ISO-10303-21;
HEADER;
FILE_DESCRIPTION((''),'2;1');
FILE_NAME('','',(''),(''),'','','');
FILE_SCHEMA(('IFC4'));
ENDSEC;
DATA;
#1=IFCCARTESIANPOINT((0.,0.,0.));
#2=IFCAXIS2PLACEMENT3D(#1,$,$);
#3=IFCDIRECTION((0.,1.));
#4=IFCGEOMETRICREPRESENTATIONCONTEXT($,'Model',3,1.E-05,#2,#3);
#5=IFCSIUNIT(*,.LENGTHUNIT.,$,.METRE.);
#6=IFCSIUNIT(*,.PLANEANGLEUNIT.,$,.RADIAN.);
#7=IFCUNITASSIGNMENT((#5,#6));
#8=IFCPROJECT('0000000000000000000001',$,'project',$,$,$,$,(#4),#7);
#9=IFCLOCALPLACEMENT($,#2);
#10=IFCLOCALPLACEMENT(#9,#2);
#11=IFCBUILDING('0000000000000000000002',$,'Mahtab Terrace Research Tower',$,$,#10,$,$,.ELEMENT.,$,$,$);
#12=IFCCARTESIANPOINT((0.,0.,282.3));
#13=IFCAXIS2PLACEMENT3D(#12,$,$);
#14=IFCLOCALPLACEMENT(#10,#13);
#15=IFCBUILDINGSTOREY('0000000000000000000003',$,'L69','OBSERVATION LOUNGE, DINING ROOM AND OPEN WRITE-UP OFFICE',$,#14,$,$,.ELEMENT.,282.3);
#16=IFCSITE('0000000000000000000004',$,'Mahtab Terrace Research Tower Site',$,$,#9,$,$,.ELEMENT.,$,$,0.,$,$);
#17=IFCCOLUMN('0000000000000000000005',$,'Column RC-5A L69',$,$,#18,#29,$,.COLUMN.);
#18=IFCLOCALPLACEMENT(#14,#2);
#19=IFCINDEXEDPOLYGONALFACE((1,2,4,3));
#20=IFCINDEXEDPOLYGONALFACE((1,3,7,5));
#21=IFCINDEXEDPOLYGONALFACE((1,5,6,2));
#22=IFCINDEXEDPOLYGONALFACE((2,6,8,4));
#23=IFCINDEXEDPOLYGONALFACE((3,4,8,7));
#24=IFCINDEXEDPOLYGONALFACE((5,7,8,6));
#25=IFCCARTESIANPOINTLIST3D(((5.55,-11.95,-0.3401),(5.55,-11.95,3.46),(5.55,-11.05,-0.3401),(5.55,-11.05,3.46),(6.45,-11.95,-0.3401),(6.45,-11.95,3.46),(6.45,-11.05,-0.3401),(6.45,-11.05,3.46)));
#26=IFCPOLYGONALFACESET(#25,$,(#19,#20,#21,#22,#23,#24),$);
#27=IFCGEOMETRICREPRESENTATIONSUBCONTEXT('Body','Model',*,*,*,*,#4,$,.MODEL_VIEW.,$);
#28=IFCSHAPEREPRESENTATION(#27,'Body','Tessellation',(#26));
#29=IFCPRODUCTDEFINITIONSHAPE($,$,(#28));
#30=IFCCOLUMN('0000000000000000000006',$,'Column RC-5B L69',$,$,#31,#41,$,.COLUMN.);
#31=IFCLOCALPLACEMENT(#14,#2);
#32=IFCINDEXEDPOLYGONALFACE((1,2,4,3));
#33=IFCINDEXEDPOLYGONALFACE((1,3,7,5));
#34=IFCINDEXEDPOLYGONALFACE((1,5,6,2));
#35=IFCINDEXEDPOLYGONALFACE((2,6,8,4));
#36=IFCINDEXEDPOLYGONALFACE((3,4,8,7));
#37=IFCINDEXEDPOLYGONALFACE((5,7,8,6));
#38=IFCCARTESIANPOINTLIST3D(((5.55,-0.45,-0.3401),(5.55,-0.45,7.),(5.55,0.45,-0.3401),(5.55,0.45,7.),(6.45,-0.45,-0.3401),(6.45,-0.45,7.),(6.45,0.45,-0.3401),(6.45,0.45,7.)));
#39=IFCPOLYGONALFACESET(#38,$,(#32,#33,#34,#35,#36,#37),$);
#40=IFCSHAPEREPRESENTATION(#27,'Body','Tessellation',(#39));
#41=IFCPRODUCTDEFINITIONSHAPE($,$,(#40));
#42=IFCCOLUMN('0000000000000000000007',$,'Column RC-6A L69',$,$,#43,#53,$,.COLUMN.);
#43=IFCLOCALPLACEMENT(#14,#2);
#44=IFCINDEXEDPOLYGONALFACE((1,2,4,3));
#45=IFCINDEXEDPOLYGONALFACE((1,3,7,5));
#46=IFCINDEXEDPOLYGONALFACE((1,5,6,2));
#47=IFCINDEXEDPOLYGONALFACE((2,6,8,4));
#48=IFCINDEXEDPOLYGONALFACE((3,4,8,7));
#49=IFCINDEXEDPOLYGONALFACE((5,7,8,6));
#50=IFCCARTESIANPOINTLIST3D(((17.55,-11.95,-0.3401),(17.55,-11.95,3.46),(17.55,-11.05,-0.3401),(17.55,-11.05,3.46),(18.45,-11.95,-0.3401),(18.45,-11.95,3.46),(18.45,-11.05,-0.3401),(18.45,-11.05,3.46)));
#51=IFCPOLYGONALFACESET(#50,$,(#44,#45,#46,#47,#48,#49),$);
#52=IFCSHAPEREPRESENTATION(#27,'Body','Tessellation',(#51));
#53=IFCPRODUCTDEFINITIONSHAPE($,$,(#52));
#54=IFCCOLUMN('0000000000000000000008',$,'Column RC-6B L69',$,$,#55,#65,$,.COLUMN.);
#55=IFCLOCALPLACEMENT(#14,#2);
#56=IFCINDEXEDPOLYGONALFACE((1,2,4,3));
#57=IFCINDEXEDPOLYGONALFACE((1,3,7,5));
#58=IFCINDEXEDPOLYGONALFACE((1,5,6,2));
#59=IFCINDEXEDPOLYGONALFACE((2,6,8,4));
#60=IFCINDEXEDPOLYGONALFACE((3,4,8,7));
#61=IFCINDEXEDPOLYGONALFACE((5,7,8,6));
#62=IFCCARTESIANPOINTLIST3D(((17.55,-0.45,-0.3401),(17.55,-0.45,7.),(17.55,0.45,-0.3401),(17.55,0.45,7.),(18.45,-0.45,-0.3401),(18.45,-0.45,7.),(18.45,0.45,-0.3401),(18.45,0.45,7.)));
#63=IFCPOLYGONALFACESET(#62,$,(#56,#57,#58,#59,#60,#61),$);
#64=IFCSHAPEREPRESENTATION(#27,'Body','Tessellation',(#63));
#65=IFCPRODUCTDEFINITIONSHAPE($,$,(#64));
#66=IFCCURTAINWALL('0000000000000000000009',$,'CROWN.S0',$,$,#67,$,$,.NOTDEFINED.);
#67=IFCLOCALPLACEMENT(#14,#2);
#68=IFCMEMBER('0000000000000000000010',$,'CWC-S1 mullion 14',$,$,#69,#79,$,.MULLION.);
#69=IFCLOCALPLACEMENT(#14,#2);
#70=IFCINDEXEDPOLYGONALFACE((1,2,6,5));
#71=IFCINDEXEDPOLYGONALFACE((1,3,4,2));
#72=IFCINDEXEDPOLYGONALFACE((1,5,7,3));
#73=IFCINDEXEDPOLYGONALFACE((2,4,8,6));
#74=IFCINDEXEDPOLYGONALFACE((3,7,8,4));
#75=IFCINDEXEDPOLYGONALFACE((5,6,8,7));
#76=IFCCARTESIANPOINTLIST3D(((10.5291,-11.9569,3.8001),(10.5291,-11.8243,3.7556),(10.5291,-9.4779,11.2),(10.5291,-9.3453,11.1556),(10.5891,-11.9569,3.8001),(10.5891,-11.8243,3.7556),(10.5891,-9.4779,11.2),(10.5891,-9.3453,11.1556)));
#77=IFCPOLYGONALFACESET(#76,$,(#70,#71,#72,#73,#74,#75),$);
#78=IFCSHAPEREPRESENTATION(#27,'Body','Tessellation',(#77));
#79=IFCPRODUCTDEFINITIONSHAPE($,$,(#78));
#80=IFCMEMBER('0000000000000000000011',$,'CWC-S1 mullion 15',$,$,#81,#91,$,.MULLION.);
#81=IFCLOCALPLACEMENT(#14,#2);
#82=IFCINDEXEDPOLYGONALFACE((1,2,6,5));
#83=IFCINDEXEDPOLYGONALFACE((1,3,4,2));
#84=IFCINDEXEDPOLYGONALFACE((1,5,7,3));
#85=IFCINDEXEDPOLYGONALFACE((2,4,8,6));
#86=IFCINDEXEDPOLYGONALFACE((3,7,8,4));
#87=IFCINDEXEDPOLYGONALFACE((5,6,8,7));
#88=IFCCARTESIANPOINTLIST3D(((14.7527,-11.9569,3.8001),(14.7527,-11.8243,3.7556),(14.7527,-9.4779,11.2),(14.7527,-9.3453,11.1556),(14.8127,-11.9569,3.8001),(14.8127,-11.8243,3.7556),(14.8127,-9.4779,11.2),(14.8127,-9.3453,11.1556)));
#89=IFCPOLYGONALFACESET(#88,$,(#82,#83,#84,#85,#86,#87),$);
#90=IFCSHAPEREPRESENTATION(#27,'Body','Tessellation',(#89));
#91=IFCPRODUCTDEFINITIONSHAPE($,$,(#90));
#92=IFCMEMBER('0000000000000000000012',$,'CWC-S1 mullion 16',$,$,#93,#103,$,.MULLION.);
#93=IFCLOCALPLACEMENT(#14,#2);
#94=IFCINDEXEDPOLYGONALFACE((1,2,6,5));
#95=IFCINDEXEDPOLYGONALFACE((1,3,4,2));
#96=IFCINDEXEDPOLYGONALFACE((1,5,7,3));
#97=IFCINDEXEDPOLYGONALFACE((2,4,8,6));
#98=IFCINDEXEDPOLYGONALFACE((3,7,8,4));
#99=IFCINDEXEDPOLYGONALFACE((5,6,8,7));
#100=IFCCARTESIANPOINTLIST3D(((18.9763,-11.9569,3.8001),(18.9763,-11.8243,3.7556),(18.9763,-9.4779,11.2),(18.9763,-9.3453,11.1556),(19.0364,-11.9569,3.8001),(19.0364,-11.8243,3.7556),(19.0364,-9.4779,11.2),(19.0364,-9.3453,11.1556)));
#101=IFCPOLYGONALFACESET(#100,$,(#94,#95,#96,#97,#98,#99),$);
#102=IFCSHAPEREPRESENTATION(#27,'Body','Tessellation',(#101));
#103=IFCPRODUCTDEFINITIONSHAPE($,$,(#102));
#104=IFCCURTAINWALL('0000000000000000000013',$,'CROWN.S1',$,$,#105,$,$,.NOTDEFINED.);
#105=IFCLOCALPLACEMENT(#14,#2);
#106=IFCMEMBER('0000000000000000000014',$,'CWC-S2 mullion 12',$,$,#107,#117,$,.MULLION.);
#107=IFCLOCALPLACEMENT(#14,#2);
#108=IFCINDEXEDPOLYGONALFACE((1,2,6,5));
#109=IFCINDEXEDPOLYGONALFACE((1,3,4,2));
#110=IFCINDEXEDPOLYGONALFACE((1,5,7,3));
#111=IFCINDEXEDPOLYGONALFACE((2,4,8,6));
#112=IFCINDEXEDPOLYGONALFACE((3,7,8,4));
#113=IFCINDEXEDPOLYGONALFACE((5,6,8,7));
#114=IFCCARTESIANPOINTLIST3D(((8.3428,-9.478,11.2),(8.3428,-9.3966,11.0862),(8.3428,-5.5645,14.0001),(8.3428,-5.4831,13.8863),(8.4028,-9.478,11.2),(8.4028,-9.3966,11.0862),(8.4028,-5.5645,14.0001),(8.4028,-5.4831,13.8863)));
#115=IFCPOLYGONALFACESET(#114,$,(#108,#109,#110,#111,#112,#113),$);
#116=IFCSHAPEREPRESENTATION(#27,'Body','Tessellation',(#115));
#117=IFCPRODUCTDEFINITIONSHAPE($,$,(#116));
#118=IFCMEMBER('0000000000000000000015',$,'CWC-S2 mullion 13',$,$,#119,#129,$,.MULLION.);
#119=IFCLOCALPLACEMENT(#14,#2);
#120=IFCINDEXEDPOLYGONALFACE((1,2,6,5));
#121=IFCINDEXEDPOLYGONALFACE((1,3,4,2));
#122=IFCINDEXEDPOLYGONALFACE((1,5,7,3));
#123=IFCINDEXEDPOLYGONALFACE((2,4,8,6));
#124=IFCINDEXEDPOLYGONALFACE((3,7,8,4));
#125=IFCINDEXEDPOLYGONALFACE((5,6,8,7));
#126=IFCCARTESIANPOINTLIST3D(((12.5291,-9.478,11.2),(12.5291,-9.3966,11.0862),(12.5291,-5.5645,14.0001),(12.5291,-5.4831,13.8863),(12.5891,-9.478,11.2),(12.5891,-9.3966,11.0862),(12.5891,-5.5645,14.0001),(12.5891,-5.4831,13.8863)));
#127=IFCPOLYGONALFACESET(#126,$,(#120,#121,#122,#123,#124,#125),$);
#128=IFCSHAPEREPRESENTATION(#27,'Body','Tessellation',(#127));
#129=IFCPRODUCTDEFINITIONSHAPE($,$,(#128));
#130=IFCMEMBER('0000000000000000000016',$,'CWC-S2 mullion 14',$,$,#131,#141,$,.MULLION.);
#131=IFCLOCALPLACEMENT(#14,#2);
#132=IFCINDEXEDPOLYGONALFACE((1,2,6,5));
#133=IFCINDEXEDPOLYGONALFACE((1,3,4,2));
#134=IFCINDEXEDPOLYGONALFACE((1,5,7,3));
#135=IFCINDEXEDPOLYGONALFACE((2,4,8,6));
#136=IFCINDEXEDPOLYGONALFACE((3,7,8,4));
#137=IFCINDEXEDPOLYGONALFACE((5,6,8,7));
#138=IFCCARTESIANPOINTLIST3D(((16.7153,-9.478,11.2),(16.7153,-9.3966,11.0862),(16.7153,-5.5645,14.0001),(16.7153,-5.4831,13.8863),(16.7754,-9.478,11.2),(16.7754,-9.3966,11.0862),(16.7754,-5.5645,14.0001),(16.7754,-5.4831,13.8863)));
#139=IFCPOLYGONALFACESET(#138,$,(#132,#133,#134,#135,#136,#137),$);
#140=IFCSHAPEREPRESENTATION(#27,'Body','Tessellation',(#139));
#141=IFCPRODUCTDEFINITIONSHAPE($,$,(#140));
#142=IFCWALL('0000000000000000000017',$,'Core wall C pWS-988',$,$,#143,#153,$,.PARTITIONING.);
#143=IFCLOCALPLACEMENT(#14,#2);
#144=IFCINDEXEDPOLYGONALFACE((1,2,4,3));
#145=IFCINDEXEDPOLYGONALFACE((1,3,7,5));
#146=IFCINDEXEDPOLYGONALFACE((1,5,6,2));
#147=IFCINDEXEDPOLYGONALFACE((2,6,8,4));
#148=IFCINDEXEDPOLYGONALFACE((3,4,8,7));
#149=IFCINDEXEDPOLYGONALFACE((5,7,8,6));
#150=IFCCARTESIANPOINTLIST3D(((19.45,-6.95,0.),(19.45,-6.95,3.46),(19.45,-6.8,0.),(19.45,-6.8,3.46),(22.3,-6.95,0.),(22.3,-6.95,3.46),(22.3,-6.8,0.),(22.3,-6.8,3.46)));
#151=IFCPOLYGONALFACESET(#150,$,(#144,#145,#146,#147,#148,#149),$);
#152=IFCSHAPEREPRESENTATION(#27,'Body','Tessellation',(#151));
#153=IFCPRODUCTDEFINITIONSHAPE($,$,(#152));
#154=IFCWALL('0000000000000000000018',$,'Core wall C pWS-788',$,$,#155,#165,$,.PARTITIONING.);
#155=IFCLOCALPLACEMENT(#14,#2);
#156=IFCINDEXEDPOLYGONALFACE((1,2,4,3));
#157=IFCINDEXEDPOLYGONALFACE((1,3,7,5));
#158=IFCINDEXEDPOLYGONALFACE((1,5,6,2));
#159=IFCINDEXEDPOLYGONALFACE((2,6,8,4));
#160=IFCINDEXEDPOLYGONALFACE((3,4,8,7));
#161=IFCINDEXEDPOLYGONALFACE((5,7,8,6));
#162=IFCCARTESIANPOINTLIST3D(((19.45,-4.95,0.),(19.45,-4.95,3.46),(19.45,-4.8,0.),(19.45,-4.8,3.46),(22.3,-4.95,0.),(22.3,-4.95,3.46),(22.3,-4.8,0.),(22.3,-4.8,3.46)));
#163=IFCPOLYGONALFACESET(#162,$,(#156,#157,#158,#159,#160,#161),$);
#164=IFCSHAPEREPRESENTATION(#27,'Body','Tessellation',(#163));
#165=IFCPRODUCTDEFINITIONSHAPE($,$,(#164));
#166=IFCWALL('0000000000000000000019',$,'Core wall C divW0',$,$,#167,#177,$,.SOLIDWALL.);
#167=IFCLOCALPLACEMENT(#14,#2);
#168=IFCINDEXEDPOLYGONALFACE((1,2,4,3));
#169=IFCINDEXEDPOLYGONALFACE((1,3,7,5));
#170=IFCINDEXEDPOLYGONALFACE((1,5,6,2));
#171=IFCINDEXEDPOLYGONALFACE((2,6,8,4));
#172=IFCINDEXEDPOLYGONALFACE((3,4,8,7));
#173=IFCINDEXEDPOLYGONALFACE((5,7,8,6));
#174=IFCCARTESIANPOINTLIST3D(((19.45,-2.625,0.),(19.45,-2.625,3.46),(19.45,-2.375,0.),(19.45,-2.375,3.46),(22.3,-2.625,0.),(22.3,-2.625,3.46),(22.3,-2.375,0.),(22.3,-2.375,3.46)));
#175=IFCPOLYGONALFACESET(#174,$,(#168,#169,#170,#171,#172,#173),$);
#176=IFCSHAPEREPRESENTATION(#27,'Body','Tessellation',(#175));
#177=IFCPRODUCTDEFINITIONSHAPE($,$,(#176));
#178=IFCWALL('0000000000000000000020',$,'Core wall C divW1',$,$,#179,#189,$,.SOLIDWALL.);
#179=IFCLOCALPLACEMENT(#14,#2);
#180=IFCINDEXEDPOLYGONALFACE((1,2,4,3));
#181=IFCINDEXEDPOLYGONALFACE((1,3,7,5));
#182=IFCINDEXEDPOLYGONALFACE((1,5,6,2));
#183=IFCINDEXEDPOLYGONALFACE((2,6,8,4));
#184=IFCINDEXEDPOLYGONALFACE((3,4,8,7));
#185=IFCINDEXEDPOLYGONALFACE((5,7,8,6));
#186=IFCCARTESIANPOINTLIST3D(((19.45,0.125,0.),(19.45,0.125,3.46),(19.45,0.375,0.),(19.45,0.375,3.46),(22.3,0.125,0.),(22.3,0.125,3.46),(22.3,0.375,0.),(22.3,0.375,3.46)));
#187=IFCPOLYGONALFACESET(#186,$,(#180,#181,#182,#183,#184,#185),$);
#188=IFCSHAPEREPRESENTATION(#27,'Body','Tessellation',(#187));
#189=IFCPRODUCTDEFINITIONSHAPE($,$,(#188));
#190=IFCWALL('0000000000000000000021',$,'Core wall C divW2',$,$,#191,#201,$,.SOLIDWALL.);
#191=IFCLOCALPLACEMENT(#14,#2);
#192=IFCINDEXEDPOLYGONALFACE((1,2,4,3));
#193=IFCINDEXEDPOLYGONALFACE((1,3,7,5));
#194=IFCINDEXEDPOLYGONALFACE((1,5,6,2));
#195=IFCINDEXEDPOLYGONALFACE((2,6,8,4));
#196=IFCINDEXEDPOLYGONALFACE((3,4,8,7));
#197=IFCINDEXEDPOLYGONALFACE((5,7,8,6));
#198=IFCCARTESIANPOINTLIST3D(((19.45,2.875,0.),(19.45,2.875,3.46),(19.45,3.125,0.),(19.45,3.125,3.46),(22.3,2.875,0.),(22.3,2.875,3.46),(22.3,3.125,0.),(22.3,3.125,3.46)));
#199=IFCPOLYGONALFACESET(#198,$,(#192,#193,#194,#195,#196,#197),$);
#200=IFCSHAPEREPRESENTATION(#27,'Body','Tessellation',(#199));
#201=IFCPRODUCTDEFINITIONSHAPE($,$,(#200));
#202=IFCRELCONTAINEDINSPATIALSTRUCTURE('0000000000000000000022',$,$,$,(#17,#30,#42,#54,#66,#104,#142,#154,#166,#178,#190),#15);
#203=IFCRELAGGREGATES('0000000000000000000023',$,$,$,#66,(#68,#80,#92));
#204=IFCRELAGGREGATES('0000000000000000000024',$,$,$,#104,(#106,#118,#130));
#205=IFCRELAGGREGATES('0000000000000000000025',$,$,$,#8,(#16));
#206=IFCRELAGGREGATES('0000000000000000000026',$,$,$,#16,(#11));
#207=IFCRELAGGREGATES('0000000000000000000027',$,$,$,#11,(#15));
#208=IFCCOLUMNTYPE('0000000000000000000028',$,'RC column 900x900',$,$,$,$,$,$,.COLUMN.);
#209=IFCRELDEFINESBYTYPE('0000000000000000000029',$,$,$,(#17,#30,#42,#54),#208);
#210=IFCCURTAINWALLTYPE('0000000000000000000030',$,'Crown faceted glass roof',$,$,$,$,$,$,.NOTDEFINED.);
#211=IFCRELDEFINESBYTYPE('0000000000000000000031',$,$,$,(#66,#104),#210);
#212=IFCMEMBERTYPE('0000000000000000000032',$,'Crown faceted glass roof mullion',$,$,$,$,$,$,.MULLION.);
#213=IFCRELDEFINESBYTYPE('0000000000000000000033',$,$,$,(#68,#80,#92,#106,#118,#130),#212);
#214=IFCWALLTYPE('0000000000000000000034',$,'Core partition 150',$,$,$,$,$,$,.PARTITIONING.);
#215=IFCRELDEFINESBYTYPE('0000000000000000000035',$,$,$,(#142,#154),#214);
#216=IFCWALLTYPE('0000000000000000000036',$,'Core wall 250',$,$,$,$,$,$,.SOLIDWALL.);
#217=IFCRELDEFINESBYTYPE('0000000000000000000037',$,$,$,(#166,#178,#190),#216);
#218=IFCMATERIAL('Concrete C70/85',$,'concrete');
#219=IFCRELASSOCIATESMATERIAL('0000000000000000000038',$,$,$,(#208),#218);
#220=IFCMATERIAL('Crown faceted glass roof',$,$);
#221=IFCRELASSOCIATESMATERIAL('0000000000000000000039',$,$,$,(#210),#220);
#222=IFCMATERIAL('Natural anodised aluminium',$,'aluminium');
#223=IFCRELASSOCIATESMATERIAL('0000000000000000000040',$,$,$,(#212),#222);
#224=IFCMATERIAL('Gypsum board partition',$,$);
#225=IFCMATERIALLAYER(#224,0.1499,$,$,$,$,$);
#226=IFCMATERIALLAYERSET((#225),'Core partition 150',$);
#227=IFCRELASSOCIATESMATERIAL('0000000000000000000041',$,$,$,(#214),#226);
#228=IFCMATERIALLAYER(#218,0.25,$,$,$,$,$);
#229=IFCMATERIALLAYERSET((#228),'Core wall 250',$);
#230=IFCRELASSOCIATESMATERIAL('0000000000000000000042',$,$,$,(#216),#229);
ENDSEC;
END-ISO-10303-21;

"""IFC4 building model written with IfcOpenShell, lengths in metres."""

from ifc_helpers import new_model, si_unit, direction, frame, frame_2d, origin, origin_2d, place, context, subcontext, project, spatial, rectangle, extrude, material, layer, layer_set, material_profile, profile_set, type_object, element, aggregate, save


model = new_model("IFC4")

# Units and contexts
model_context = context("Model", 3, precision=1e-05, world=origin(), true_north=direction((0.0, 1.0)))
body_context = subcontext(model_context, "Body", "Model", "MODEL_VIEW")
ifc_project = project(units=[si_unit("LENGTHUNIT", "METRE"), si_unit("PLANEANGLEUNIT", "RADIAN")], contexts=[model_context])

# Site, building, storey
site_placement = place(None, origin())
site = spatial("IfcSite", under=ifc_project, at=site_placement, Name="Mahtab Terrace Research Tower Site", CompositionType="ELEMENT", RefElevation=0.0)
building_placement = place(site_placement, origin())
building = spatial("IfcBuilding", under=site, at=building_placement, Name="Mahtab Terrace Research Tower", CompositionType="ELEMENT")
storey_placement = place(building_placement, frame((0.0, 0.0, 282.3)))
storey = spatial("IfcBuildingStorey", under=building, at=storey_placement, Name="L69", Description="OBSERVATION LOUNGE, DINING ROOM AND OPEN WRITE-UP OFFICE", CompositionType="ELEMENT", Elevation=282.3)

# Columns
ifc_material_1 = material(Name="Concrete C70/85", Category="concrete")
ifc_material_profile_1 = material_profile(ifc_material_1, rectangle(XDim=0.8999, YDim=0.8999, at=origin_2d()), Name="RC column 900x900")
ifc_profile_set_1 = profile_set([ifc_material_profile_1], Name="Concrete C70/85")
column_type = type_object("IfcColumnType", Name="RC column 900x900", PredefinedType="COLUMN", material=ifc_profile_set_1)
column_1_placement = place(storey_placement, frame((6.0, -11.5, -0.3401), z_axis=(0.0, 0.0, 1.0), x_axis=(1.0, 0.0, 0.0)))
element("IfcColumn", 1, at=column_1_placement, inside=storey, type_object=column_type, Name="Column RC-5A L69", PredefinedType="COLUMN", context=body_context, shape_type="SweptSolid", body=[
    extrude(rectangle(XDim=0.8999, YDim=0.8999, at=origin_2d()), origin(), (0.0, 0.0, 1.0), 3.8),
])
column_2_placement = place(storey_placement, frame((6.0, 0.0, -0.3401), z_axis=(0.0, 0.0, 1.0), x_axis=(1.0, 0.0, 0.0)))
element("IfcColumn", 2, at=column_2_placement, inside=storey, type_object=column_type, Name="Column RC-5B L69", PredefinedType="COLUMN", context=body_context, shape_type="SweptSolid", body=[
    extrude(rectangle(XDim=0.8999, YDim=0.8999, at=origin_2d()), origin(), (0.0, 0.0, 1.0), 7.3401),
])
column_3_placement = place(storey_placement, frame((18.0, -11.5, -0.3401), z_axis=(0.0, 0.0, 1.0), x_axis=(1.0, 0.0, 0.0)))
element("IfcColumn", 3, at=column_3_placement, inside=storey, type_object=column_type, Name="Column RC-6A L69", PredefinedType="COLUMN", context=body_context, shape_type="SweptSolid", body=[
    extrude(rectangle(XDim=0.8999, YDim=0.8999, at=origin_2d()), origin(), (0.0, 0.0, 1.0), 3.8),
])
column_4_placement = place(storey_placement, frame((18.0, 0.0, -0.3401), z_axis=(0.0, 0.0, 1.0), x_axis=(1.0, 0.0, 0.0)))
element("IfcColumn", 4, at=column_4_placement, inside=storey, type_object=column_type, Name="Column RC-6B L69", PredefinedType="COLUMN", context=body_context, shape_type="SweptSolid", body=[
    extrude(rectangle(XDim=0.8999, YDim=0.8999, at=origin_2d()), origin(), (0.0, 0.0, 1.0), 7.3401),
])

# Curtain walls, members
ifc_material_2 = material(Name="Crown faceted glass roof")
curtain_wall_type = type_object("IfcCurtainWallType", Name="Crown faceted glass roof", PredefinedType="NOTDEFINED", material=ifc_material_2)
curtain_wall_1_placement = place(storey_placement, origin())
curtain_wall_1 = element("IfcCurtainWall", 5, at=curtain_wall_1_placement, inside=storey, type_object=curtain_wall_type, Name="CROWN.S0", PredefinedType="NOTDEFINED")
ifc_material_3 = material(Name="Natural anodised aluminium", Category="aluminium")
ifc_material_profile_2 = material_profile(ifc_material_3, rectangle(XDim=0.0601, YDim=0.1399, at=origin_2d()), Name="MULLION 60x140")
ifc_profile_set_2 = profile_set([ifc_material_profile_2], Name="Natural anodised aluminium")
member_type = type_object("IfcMemberType", Name="Crown faceted glass roof mullion", PredefinedType="MULLION", material=ifc_profile_set_2)
member_1_placement = place(storey_placement, frame((10.5591, -11.8906, 3.7778), z_axis=(0.0, 0.317654, 0.948207), x_axis=(-1.0, 0.0, 0.0)))
member_1 = element("IfcMember", 6, at=member_1_placement, type_object=member_type, Name="CWC-S1 mullion 14", PredefinedType="MULLION", context=body_context, shape_type="SweptSolid", body=[
    extrude(rectangle(XDim=0.0601, YDim=0.1399, at=origin_2d()), origin(), (0.0, 0.0, 1.0), 7.8042),
])
member_2_placement = place(storey_placement, frame((14.7827, -11.8906, 3.7778), z_axis=(0.0, 0.317654, 0.948207), x_axis=(-1.0, 0.0, 0.0)))
member_2 = element("IfcMember", 7, at=member_2_placement, type_object=member_type, Name="CWC-S1 mullion 15", PredefinedType="MULLION", context=body_context, shape_type="SweptSolid", body=[
    extrude(rectangle(XDim=0.0601, YDim=0.1399, at=origin_2d()), origin(), (0.0, 0.0, 1.0), 7.8042),
])
member_3_placement = place(storey_placement, frame((19.0063, -11.8906, 3.7778), z_axis=(0.0, 0.317654, 0.948207), x_axis=(-1.0, 0.0, 0.0)))
member_3 = element("IfcMember", 8, at=member_3_placement, type_object=member_type, Name="CWC-S1 mullion 16", PredefinedType="MULLION", context=body_context, shape_type="SweptSolid", body=[
    extrude(rectangle(XDim=0.0601, YDim=0.1399, at=origin_2d()), origin(), (0.0, 0.0, 1.0), 7.8042),
])
aggregate(curtain_wall_1, [member_1, member_2, member_3])
curtain_wall_2_placement = place(storey_placement, origin())
curtain_wall_2 = element("IfcCurtainWall", 9, at=curtain_wall_2_placement, inside=storey, type_object=curtain_wall_type, Name="CROWN.S1", PredefinedType="NOTDEFINED")
member_4_placement = place(storey_placement, frame((8.3728, -9.4373, 11.1431), z_axis=(0.0, 0.81326, 0.5819), x_axis=(-1.0, 0.0, 0.0)))
member_4 = element("IfcMember", 10, at=member_4_placement, type_object=member_type, Name="CWC-S2 mullion 12", PredefinedType="MULLION", context=body_context, shape_type="SweptSolid", body=[
    extrude(rectangle(XDim=0.0601, YDim=0.1399, at=origin_2d()), origin(), (0.0, 0.0, 1.0), 4.812),
])
member_5_placement = place(storey_placement, frame((12.5591, -9.4373, 11.1431), z_axis=(0.0, 0.81326, 0.5819), x_axis=(-1.0, 0.0, 0.0)))
member_5 = element("IfcMember", 11, at=member_5_placement, type_object=member_type, Name="CWC-S2 mullion 13", PredefinedType="MULLION", context=body_context, shape_type="SweptSolid", body=[
    extrude(rectangle(XDim=0.0601, YDim=0.1399, at=origin_2d()), origin(), (0.0, 0.0, 1.0), 4.812),
])
member_6_placement = place(storey_placement, frame((16.7454, -9.4373, 11.1431), z_axis=(0.0, 0.81326, 0.5819), x_axis=(-1.0, 0.0, 0.0)))
member_6 = element("IfcMember", 12, at=member_6_placement, type_object=member_type, Name="CWC-S2 mullion 14", PredefinedType="MULLION", context=body_context, shape_type="SweptSolid", body=[
    extrude(rectangle(XDim=0.0601, YDim=0.1399, at=origin_2d()), origin(), (0.0, 0.0, 1.0), 4.812),
])
aggregate(curtain_wall_2, [member_4, member_5, member_6])

# Walls
ifc_material_4 = material(Name="Gypsum board partition")
ifc_layer_1 = layer(ifc_material_4, 0.1499)
ifc_layer_set_1 = layer_set([ifc_layer_1], Name="Core partition 150")
wall_type_1 = type_object("IfcWallType", Name="Core partition 150", PredefinedType="PARTITIONING", material=ifc_layer_set_1)
for number, where, z_axis, x_axis, name in (
    (13, (19.45, -6.875, 0.0), (0.0, 0.0, 1.0), (1.0, 0.0, 0.0), "Core wall C pWS-988"),
    (14, (19.45, -4.875, 0.0), (0.0, 0.0, 1.0), (1.0, 0.0, 0.0), "Core wall C pWS-788"),
):
    element("IfcWall", number, at=place(storey_placement, frame(where, z_axis=z_axis, x_axis=x_axis)), inside=storey, type_object=wall_type_1, Name=name, PredefinedType="PARTITIONING", context=body_context, shape_type="SweptSolid", body=[
        extrude(rectangle(XDim=2.8501, YDim=0.1499, at=frame_2d((1.425, 0.0))), origin(), (0.0, 0.0, 1.0), 3.46),
    ])
ifc_layer_2 = layer(ifc_material_1, 0.25)
ifc_layer_set_2 = layer_set([ifc_layer_2], Name="Core wall 250")
wall_type_2 = type_object("IfcWallType", Name="Core wall 250", PredefinedType="SOLIDWALL", material=ifc_layer_set_2)
for number, where, z_axis, x_axis, name in (
    (15, (19.45, -2.5, 0.0), (0.0, 0.0, 1.0), (1.0, 0.0, 0.0), "Core wall C divW0"),
    (16, (19.45, 0.25, 0.0), (0.0, 0.0, 1.0), (1.0, 0.0, 0.0), "Core wall C divW1"),
    (17, (19.45, 3.0, 0.0), (0.0, 0.0, 1.0), (1.0, 0.0, 0.0), "Core wall C divW2"),
):
    element("IfcWall", number, at=place(storey_placement, frame(where, z_axis=z_axis, x_axis=x_axis)), inside=storey, type_object=wall_type_2, Name=name, PredefinedType="SOLIDWALL", context=body_context, shape_type="SweptSolid", body=[
        extrude(rectangle(XDim=2.8501, YDim=0.25, at=frame_2d((1.425, 0.0))), origin(), (0.0, 0.0, 1.0), 3.46),
    ])

save(model, "model.ifc")
